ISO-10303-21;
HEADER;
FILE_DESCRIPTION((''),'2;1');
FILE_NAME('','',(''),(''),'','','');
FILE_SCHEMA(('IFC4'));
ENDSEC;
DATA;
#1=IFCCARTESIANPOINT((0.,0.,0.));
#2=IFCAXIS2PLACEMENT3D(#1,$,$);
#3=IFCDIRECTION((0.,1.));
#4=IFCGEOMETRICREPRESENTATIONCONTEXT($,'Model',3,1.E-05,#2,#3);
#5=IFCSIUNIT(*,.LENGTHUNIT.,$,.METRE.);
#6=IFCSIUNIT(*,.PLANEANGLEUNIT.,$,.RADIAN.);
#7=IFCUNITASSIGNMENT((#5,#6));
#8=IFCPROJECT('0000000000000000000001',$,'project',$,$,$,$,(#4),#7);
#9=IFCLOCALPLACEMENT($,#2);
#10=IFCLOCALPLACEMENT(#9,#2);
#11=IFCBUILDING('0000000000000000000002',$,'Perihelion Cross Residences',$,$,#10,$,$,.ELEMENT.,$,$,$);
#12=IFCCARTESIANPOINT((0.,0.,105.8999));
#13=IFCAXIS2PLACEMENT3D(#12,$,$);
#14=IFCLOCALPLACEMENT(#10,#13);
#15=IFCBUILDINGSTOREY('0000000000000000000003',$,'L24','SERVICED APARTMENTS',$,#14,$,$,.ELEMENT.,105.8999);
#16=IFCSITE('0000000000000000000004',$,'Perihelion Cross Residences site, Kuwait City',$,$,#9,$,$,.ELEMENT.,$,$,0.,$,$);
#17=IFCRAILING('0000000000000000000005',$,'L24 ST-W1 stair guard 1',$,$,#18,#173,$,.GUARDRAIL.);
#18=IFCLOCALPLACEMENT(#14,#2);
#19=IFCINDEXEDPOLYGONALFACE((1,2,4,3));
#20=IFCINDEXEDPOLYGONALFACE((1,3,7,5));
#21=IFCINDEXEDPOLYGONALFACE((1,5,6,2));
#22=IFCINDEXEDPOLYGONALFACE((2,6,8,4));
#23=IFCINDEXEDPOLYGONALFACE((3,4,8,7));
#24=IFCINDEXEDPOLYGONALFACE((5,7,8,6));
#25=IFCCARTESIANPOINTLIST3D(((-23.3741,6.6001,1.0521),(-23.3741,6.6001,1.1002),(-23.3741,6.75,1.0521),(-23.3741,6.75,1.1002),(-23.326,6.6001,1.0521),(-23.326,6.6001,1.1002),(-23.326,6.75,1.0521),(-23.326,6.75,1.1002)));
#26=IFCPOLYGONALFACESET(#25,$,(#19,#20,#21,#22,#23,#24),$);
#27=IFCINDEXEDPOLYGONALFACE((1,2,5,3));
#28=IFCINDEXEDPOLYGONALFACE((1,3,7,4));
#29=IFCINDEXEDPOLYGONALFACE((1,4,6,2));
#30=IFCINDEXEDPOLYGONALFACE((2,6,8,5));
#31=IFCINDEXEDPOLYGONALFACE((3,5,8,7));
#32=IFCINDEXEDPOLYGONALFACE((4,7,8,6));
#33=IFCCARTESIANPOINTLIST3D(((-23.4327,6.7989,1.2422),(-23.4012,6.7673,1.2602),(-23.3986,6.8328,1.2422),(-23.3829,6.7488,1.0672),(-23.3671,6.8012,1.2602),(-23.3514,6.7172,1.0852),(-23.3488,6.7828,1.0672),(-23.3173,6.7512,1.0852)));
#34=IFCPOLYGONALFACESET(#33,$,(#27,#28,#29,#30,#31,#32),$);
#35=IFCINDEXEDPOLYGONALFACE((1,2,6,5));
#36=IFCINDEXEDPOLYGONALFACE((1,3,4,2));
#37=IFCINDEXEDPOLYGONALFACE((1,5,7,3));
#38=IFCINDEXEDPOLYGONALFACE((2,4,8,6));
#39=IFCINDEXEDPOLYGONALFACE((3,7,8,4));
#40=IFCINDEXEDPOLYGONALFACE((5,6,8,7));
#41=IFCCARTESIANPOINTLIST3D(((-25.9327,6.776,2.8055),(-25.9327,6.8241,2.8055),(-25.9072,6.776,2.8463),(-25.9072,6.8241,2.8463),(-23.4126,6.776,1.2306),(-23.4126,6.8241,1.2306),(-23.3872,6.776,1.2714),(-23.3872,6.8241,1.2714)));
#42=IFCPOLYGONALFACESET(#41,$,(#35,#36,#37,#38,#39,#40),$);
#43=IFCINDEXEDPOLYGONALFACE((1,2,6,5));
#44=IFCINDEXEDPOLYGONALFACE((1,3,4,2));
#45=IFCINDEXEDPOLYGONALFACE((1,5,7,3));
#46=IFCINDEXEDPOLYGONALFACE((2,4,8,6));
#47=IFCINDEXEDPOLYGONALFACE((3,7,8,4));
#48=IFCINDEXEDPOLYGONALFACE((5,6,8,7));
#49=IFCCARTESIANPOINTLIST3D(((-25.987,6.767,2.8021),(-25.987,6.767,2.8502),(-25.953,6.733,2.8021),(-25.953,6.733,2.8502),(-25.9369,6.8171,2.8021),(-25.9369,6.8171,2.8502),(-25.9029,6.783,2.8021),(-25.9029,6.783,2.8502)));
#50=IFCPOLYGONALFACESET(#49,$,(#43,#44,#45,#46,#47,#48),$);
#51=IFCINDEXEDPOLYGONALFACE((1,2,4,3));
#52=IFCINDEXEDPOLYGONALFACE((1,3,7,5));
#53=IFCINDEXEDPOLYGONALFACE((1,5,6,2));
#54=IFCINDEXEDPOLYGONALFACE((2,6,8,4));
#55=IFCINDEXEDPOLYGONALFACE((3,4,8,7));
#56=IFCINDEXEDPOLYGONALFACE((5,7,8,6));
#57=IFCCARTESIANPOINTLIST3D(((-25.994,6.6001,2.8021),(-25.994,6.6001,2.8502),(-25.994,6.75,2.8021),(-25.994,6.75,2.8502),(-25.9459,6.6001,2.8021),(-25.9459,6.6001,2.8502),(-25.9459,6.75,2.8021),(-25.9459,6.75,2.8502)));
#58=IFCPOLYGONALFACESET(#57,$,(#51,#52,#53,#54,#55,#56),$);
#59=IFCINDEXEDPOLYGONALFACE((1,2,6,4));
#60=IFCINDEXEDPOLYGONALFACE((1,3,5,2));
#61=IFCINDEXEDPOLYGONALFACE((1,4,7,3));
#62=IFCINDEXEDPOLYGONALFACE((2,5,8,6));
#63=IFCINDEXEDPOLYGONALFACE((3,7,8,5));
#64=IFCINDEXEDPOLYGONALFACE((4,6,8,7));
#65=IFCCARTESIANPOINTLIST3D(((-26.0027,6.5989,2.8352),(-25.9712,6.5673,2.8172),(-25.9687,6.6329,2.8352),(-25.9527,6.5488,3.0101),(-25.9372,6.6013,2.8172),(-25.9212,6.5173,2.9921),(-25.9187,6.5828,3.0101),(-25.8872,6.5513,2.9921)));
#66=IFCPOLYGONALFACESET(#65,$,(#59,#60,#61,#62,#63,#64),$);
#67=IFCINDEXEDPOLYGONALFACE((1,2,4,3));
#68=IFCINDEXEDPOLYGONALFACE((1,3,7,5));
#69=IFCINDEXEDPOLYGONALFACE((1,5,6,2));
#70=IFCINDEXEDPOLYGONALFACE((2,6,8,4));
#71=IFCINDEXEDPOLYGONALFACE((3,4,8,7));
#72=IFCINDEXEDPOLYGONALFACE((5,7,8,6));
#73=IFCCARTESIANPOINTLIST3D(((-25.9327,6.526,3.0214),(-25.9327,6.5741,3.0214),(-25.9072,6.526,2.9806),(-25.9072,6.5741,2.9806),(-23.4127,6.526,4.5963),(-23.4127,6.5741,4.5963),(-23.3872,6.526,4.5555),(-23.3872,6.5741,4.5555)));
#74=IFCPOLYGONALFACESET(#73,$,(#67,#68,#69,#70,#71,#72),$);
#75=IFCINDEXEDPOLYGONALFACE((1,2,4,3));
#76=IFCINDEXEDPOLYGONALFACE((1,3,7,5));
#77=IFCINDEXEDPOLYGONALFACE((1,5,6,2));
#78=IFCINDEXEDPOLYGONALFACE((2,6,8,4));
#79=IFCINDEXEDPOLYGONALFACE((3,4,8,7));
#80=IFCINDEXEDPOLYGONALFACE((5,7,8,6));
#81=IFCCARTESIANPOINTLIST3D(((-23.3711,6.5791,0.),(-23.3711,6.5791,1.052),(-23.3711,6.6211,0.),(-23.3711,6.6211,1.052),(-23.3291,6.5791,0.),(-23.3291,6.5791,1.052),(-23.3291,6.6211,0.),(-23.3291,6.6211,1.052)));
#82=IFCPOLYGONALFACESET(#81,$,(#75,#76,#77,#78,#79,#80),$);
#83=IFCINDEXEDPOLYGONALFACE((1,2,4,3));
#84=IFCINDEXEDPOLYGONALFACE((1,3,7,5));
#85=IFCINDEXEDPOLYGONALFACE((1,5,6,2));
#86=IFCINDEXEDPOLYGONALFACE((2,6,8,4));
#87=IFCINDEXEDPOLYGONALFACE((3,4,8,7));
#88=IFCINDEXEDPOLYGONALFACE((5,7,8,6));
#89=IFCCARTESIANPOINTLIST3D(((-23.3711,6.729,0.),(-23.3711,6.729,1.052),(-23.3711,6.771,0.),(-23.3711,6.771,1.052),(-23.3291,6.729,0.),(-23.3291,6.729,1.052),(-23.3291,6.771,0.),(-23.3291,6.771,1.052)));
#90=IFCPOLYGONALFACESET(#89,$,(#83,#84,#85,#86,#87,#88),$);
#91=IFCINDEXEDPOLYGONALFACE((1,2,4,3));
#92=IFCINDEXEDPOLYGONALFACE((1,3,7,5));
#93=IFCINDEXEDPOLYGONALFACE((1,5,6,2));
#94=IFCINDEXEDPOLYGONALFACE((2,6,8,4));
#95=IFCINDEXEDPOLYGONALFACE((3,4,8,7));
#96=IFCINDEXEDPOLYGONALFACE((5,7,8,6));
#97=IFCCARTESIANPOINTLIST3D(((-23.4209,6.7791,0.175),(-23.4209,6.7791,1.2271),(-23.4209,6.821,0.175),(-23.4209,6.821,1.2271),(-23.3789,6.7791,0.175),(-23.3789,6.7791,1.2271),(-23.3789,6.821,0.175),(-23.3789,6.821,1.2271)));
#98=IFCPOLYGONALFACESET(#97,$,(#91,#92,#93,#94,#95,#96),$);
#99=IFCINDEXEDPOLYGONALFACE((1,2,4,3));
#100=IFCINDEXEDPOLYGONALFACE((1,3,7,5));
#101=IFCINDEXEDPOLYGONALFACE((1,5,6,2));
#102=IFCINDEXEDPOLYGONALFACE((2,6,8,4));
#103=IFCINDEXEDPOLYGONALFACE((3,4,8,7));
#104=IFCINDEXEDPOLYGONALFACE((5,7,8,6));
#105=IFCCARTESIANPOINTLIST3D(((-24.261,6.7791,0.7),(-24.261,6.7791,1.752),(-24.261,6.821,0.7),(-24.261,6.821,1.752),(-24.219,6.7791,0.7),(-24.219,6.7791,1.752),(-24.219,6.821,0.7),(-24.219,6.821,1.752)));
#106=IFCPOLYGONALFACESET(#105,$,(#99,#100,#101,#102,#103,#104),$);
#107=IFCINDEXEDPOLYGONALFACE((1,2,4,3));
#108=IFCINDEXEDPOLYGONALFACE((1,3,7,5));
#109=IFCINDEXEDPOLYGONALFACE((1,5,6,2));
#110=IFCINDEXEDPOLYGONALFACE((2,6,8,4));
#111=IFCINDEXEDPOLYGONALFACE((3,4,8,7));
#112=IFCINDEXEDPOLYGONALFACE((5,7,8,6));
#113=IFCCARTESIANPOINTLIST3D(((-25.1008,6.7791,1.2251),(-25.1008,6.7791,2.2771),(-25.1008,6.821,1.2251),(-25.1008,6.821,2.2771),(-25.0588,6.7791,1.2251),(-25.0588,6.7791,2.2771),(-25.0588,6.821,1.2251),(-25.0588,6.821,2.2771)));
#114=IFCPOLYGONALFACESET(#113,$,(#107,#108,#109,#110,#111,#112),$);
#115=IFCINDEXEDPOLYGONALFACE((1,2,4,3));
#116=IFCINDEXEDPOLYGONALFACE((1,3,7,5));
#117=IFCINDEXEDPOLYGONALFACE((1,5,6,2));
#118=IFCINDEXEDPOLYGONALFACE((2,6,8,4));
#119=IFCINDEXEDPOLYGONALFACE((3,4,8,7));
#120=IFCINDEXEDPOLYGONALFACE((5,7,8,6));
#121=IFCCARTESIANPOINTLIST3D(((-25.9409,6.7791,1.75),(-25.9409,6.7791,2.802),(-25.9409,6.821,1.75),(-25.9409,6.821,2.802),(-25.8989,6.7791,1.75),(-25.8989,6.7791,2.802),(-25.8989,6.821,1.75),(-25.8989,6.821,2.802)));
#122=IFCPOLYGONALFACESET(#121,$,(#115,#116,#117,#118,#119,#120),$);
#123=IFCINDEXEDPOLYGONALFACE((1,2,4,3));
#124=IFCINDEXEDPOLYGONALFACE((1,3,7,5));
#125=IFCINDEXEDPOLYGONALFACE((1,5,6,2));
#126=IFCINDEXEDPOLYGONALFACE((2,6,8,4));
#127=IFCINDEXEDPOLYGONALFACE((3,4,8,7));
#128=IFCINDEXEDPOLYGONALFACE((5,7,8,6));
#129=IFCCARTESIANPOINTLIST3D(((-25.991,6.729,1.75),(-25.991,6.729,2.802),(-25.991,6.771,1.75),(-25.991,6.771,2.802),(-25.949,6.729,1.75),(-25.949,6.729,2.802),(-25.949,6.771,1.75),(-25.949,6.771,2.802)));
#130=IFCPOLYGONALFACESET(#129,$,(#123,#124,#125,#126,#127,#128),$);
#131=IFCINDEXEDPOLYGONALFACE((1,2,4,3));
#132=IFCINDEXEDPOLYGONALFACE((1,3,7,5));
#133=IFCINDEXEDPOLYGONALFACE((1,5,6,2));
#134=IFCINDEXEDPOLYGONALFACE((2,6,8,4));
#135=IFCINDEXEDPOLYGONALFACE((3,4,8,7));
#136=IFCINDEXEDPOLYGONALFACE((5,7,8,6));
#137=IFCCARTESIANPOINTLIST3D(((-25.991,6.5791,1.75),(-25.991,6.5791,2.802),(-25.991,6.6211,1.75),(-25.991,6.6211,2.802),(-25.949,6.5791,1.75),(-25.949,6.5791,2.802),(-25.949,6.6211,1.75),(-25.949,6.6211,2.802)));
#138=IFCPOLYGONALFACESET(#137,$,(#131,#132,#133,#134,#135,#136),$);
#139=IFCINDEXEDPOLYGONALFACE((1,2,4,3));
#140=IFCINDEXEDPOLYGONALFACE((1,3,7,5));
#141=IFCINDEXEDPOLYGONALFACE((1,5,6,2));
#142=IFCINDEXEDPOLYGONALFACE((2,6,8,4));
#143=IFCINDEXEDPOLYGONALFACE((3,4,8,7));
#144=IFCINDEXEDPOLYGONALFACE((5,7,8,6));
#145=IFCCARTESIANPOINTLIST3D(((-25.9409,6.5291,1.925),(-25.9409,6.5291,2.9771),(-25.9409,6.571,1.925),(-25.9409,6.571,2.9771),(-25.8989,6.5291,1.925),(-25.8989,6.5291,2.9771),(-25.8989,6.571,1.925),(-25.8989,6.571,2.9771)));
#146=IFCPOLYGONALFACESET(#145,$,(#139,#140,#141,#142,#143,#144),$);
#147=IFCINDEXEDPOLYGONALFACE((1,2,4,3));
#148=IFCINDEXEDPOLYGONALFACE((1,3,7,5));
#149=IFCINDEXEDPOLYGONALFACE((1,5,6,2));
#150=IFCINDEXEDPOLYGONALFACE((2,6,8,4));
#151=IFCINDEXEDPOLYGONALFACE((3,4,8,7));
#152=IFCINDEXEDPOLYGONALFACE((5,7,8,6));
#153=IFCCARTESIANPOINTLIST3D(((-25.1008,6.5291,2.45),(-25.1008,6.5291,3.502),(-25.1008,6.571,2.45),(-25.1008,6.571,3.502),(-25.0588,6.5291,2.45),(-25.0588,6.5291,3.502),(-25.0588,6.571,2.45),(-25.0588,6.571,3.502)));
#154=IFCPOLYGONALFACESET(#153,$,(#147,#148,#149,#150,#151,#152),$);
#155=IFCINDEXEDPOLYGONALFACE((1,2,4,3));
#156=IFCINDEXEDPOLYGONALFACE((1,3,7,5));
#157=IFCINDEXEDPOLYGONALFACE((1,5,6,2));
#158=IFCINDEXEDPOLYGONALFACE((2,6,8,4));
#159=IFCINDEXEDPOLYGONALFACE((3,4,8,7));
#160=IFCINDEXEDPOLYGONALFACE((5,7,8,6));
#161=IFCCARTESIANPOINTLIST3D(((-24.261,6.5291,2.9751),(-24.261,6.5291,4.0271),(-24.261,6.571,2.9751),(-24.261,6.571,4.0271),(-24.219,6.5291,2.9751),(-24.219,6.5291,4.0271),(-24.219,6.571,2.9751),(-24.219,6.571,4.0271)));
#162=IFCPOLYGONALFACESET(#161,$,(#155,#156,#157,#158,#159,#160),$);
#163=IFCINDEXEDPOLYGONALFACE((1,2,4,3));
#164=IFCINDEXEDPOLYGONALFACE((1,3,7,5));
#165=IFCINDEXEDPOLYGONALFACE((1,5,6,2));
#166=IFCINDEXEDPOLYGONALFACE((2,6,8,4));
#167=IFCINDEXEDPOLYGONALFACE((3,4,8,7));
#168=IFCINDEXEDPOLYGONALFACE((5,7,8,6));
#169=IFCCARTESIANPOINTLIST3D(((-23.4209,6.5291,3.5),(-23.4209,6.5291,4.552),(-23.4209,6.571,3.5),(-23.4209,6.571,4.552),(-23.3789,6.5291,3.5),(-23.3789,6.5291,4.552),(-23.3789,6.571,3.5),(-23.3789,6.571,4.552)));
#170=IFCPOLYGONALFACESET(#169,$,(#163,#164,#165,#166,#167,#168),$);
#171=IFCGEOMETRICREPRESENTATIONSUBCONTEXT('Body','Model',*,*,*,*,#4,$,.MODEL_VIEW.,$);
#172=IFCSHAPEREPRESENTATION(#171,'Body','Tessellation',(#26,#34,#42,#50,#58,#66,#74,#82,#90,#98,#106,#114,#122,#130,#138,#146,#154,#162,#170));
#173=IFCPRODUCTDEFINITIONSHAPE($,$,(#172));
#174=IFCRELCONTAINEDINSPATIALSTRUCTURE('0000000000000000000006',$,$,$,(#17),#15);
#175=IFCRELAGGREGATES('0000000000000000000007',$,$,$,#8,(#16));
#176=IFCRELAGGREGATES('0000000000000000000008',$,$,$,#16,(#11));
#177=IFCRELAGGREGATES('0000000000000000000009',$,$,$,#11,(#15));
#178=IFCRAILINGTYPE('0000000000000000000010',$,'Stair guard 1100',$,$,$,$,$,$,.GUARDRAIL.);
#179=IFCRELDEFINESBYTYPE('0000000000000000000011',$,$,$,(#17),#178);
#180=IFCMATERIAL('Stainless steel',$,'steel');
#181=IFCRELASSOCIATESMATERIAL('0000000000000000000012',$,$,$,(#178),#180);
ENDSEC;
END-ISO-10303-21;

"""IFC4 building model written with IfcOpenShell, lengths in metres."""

from ifc_helpers import new_model, si_unit, direction, frame, origin, origin_2d, place, context, subcontext, project, spatial, rectangle, extrude, material, type_object, element, save


model = new_model("IFC4")

# Units and contexts
model_context = context("Model", 3, precision=1e-05, world=origin(), true_north=direction((0.0, 1.0)))
body_context = subcontext(model_context, "Body", "Model", "MODEL_VIEW")
ifc_project = project(units=[si_unit("LENGTHUNIT", "METRE"), si_unit("PLANEANGLEUNIT", "RADIAN")], contexts=[model_context])

# Site, building, storey
site_placement = place(None, origin())
site = spatial("IfcSite", under=ifc_project, at=site_placement, Name="Perihelion Cross Residences site, Kuwait City", CompositionType="ELEMENT", RefElevation=0.0)
building_placement = place(site_placement, origin())
building = spatial("IfcBuilding", under=site, at=building_placement, Name="Perihelion Cross Residences", CompositionType="ELEMENT")
storey_placement = place(building_placement, frame((0.0, 0.0, 105.8999)))
storey = spatial("IfcBuildingStorey", under=building, at=storey_placement, Name="L24", Description="SERVICED APARTMENTS", CompositionType="ELEMENT", Elevation=105.8999)

# Railing
ifc_material_1 = material(Name="Stainless steel", Category="steel")
railing_type_1 = type_object("IfcRailingType", Name="Stair guard 1100", PredefinedType="GUARDRAIL", material=ifc_material_1)
railing_1_placement = place(storey_placement, frame((-23.3501, 6.6001, 0.0)))
element("IfcRailing", 1, at=railing_1_placement, inside=storey, type_object=railing_type_1, Name="L24 ST-W1 stair guard 1", PredefinedType="GUARDRAIL", context=body_context, shape_type="SweptSolid", body=[
    extrude(rectangle(XDim=0.0481, YDim=0.0481, at=origin_2d()), frame((0.0, 0.0, 1.0762), z_axis=(0.0, 1.0, 0.0), x_axis=(-1.0, 0.0, 0.0)), (0.0, 0.0, 1.0), 0.1499),
    extrude(rectangle(XDim=0.0481, YDim=0.0481, at=origin_2d()), frame((0.0, 0.1499, 1.0762), z_axis=(-0.263862, 0.265156, 0.927399), x_axis=(-0.708834, -0.705376, 0.0)), (0.0, 0.0, 1.0), 0.1887),
    extrude(rectangle(XDim=0.0481, YDim=0.0481, at=origin_2d()), frame((-0.0498, 0.2, 1.251), z_axis=(-0.848008, 0.0, 0.529984), x_axis=(0.0, -1.0, 0.0)), (0.0, 0.0, 1.0), 2.9717),
    extrude(rectangle(XDim=0.0481, YDim=0.0481, at=origin_2d()), frame((-2.5698, 0.2, 2.8262), z_axis=(-0.707107, -0.707107, 0.0), x_axis=(0.707107, -0.707107, 0.0)), (0.0, 0.0, 1.0), 0.0708),
    extrude(rectangle(XDim=0.0481, YDim=0.0481, at=origin_2d()), frame((-2.6199, 0.1499, 2.8262), z_axis=(0.0, -1.0, 0.0), x_axis=(1.0, 0.0, 0.0)), (0.0, 0.0, 1.0), 0.1499),
    extrude(rectangle(XDim=0.0481, YDim=0.0481, at=origin_2d()), frame((-2.6199, 0.0, 2.8262), z_axis=(0.265065, -0.265065, 0.927082), x_axis=(0.707107, 0.707107, 0.0)), (0.0, 0.0, 1.0), 0.1887),
    extrude(rectangle(XDim=0.0481, YDim=0.0481, at=origin_2d()), frame((-2.5698, -0.05, 3.001), z_axis=(0.848008, 0.0, 0.529984), x_axis=(0.0, 1.0, 0.0)), (0.0, 0.0, 1.0), 2.9717),
    extrude(rectangle(XDim=0.042, YDim=0.042, at=origin_2d()), origin(), (0.0, 0.0, 1.0), 1.052),
    extrude(rectangle(XDim=0.042, YDim=0.042, at=origin_2d()), frame((0.0, 0.1499, 0.0)), (0.0, 0.0, 1.0), 1.052),
    extrude(rectangle(XDim=0.042, YDim=0.042, at=origin_2d()), frame((-0.0498, 0.2, 0.175)), (0.0, 0.0, 1.0), 1.052),
    extrude(rectangle(XDim=0.042, YDim=0.042, at=origin_2d()), frame((-0.8899, 0.2, 0.7)), (0.0, 0.0, 1.0), 1.052),
    extrude(rectangle(XDim=0.042, YDim=0.042, at=origin_2d()), frame((-1.7297, 0.2, 1.2251)), (0.0, 0.0, 1.0), 1.052),
    extrude(rectangle(XDim=0.042, YDim=0.042, at=origin_2d()), frame((-2.5698, 0.2, 1.75)), (0.0, 0.0, 1.0), 1.052),
    extrude(rectangle(XDim=0.042, YDim=0.042, at=origin_2d()), frame((-2.6199, 0.1499, 1.75)), (0.0, 0.0, 1.0), 1.052),
    extrude(rectangle(XDim=0.042, YDim=0.042, at=origin_2d()), frame((-2.6199, 0.0, 1.75)), (0.0, 0.0, 1.0), 1.052),
    extrude(rectangle(XDim=0.042, YDim=0.042, at=origin_2d()), frame((-2.5698, -0.05, 1.925)), (0.0, 0.0, 1.0), 1.052),
    extrude(rectangle(XDim=0.042, YDim=0.042, at=origin_2d()), frame((-1.7297, -0.05, 2.45)), (0.0, 0.0, 1.0), 1.052),
    extrude(rectangle(XDim=0.042, YDim=0.042, at=origin_2d()), frame((-0.8899, -0.05, 2.9751)), (0.0, 0.0, 1.0), 1.052),
    extrude(rectangle(XDim=0.042, YDim=0.042, at=origin_2d()), frame((-0.0498, -0.05, 3.5)), (0.0, 0.0, 1.0), 1.052),
])

save(model, "model.ifc")
